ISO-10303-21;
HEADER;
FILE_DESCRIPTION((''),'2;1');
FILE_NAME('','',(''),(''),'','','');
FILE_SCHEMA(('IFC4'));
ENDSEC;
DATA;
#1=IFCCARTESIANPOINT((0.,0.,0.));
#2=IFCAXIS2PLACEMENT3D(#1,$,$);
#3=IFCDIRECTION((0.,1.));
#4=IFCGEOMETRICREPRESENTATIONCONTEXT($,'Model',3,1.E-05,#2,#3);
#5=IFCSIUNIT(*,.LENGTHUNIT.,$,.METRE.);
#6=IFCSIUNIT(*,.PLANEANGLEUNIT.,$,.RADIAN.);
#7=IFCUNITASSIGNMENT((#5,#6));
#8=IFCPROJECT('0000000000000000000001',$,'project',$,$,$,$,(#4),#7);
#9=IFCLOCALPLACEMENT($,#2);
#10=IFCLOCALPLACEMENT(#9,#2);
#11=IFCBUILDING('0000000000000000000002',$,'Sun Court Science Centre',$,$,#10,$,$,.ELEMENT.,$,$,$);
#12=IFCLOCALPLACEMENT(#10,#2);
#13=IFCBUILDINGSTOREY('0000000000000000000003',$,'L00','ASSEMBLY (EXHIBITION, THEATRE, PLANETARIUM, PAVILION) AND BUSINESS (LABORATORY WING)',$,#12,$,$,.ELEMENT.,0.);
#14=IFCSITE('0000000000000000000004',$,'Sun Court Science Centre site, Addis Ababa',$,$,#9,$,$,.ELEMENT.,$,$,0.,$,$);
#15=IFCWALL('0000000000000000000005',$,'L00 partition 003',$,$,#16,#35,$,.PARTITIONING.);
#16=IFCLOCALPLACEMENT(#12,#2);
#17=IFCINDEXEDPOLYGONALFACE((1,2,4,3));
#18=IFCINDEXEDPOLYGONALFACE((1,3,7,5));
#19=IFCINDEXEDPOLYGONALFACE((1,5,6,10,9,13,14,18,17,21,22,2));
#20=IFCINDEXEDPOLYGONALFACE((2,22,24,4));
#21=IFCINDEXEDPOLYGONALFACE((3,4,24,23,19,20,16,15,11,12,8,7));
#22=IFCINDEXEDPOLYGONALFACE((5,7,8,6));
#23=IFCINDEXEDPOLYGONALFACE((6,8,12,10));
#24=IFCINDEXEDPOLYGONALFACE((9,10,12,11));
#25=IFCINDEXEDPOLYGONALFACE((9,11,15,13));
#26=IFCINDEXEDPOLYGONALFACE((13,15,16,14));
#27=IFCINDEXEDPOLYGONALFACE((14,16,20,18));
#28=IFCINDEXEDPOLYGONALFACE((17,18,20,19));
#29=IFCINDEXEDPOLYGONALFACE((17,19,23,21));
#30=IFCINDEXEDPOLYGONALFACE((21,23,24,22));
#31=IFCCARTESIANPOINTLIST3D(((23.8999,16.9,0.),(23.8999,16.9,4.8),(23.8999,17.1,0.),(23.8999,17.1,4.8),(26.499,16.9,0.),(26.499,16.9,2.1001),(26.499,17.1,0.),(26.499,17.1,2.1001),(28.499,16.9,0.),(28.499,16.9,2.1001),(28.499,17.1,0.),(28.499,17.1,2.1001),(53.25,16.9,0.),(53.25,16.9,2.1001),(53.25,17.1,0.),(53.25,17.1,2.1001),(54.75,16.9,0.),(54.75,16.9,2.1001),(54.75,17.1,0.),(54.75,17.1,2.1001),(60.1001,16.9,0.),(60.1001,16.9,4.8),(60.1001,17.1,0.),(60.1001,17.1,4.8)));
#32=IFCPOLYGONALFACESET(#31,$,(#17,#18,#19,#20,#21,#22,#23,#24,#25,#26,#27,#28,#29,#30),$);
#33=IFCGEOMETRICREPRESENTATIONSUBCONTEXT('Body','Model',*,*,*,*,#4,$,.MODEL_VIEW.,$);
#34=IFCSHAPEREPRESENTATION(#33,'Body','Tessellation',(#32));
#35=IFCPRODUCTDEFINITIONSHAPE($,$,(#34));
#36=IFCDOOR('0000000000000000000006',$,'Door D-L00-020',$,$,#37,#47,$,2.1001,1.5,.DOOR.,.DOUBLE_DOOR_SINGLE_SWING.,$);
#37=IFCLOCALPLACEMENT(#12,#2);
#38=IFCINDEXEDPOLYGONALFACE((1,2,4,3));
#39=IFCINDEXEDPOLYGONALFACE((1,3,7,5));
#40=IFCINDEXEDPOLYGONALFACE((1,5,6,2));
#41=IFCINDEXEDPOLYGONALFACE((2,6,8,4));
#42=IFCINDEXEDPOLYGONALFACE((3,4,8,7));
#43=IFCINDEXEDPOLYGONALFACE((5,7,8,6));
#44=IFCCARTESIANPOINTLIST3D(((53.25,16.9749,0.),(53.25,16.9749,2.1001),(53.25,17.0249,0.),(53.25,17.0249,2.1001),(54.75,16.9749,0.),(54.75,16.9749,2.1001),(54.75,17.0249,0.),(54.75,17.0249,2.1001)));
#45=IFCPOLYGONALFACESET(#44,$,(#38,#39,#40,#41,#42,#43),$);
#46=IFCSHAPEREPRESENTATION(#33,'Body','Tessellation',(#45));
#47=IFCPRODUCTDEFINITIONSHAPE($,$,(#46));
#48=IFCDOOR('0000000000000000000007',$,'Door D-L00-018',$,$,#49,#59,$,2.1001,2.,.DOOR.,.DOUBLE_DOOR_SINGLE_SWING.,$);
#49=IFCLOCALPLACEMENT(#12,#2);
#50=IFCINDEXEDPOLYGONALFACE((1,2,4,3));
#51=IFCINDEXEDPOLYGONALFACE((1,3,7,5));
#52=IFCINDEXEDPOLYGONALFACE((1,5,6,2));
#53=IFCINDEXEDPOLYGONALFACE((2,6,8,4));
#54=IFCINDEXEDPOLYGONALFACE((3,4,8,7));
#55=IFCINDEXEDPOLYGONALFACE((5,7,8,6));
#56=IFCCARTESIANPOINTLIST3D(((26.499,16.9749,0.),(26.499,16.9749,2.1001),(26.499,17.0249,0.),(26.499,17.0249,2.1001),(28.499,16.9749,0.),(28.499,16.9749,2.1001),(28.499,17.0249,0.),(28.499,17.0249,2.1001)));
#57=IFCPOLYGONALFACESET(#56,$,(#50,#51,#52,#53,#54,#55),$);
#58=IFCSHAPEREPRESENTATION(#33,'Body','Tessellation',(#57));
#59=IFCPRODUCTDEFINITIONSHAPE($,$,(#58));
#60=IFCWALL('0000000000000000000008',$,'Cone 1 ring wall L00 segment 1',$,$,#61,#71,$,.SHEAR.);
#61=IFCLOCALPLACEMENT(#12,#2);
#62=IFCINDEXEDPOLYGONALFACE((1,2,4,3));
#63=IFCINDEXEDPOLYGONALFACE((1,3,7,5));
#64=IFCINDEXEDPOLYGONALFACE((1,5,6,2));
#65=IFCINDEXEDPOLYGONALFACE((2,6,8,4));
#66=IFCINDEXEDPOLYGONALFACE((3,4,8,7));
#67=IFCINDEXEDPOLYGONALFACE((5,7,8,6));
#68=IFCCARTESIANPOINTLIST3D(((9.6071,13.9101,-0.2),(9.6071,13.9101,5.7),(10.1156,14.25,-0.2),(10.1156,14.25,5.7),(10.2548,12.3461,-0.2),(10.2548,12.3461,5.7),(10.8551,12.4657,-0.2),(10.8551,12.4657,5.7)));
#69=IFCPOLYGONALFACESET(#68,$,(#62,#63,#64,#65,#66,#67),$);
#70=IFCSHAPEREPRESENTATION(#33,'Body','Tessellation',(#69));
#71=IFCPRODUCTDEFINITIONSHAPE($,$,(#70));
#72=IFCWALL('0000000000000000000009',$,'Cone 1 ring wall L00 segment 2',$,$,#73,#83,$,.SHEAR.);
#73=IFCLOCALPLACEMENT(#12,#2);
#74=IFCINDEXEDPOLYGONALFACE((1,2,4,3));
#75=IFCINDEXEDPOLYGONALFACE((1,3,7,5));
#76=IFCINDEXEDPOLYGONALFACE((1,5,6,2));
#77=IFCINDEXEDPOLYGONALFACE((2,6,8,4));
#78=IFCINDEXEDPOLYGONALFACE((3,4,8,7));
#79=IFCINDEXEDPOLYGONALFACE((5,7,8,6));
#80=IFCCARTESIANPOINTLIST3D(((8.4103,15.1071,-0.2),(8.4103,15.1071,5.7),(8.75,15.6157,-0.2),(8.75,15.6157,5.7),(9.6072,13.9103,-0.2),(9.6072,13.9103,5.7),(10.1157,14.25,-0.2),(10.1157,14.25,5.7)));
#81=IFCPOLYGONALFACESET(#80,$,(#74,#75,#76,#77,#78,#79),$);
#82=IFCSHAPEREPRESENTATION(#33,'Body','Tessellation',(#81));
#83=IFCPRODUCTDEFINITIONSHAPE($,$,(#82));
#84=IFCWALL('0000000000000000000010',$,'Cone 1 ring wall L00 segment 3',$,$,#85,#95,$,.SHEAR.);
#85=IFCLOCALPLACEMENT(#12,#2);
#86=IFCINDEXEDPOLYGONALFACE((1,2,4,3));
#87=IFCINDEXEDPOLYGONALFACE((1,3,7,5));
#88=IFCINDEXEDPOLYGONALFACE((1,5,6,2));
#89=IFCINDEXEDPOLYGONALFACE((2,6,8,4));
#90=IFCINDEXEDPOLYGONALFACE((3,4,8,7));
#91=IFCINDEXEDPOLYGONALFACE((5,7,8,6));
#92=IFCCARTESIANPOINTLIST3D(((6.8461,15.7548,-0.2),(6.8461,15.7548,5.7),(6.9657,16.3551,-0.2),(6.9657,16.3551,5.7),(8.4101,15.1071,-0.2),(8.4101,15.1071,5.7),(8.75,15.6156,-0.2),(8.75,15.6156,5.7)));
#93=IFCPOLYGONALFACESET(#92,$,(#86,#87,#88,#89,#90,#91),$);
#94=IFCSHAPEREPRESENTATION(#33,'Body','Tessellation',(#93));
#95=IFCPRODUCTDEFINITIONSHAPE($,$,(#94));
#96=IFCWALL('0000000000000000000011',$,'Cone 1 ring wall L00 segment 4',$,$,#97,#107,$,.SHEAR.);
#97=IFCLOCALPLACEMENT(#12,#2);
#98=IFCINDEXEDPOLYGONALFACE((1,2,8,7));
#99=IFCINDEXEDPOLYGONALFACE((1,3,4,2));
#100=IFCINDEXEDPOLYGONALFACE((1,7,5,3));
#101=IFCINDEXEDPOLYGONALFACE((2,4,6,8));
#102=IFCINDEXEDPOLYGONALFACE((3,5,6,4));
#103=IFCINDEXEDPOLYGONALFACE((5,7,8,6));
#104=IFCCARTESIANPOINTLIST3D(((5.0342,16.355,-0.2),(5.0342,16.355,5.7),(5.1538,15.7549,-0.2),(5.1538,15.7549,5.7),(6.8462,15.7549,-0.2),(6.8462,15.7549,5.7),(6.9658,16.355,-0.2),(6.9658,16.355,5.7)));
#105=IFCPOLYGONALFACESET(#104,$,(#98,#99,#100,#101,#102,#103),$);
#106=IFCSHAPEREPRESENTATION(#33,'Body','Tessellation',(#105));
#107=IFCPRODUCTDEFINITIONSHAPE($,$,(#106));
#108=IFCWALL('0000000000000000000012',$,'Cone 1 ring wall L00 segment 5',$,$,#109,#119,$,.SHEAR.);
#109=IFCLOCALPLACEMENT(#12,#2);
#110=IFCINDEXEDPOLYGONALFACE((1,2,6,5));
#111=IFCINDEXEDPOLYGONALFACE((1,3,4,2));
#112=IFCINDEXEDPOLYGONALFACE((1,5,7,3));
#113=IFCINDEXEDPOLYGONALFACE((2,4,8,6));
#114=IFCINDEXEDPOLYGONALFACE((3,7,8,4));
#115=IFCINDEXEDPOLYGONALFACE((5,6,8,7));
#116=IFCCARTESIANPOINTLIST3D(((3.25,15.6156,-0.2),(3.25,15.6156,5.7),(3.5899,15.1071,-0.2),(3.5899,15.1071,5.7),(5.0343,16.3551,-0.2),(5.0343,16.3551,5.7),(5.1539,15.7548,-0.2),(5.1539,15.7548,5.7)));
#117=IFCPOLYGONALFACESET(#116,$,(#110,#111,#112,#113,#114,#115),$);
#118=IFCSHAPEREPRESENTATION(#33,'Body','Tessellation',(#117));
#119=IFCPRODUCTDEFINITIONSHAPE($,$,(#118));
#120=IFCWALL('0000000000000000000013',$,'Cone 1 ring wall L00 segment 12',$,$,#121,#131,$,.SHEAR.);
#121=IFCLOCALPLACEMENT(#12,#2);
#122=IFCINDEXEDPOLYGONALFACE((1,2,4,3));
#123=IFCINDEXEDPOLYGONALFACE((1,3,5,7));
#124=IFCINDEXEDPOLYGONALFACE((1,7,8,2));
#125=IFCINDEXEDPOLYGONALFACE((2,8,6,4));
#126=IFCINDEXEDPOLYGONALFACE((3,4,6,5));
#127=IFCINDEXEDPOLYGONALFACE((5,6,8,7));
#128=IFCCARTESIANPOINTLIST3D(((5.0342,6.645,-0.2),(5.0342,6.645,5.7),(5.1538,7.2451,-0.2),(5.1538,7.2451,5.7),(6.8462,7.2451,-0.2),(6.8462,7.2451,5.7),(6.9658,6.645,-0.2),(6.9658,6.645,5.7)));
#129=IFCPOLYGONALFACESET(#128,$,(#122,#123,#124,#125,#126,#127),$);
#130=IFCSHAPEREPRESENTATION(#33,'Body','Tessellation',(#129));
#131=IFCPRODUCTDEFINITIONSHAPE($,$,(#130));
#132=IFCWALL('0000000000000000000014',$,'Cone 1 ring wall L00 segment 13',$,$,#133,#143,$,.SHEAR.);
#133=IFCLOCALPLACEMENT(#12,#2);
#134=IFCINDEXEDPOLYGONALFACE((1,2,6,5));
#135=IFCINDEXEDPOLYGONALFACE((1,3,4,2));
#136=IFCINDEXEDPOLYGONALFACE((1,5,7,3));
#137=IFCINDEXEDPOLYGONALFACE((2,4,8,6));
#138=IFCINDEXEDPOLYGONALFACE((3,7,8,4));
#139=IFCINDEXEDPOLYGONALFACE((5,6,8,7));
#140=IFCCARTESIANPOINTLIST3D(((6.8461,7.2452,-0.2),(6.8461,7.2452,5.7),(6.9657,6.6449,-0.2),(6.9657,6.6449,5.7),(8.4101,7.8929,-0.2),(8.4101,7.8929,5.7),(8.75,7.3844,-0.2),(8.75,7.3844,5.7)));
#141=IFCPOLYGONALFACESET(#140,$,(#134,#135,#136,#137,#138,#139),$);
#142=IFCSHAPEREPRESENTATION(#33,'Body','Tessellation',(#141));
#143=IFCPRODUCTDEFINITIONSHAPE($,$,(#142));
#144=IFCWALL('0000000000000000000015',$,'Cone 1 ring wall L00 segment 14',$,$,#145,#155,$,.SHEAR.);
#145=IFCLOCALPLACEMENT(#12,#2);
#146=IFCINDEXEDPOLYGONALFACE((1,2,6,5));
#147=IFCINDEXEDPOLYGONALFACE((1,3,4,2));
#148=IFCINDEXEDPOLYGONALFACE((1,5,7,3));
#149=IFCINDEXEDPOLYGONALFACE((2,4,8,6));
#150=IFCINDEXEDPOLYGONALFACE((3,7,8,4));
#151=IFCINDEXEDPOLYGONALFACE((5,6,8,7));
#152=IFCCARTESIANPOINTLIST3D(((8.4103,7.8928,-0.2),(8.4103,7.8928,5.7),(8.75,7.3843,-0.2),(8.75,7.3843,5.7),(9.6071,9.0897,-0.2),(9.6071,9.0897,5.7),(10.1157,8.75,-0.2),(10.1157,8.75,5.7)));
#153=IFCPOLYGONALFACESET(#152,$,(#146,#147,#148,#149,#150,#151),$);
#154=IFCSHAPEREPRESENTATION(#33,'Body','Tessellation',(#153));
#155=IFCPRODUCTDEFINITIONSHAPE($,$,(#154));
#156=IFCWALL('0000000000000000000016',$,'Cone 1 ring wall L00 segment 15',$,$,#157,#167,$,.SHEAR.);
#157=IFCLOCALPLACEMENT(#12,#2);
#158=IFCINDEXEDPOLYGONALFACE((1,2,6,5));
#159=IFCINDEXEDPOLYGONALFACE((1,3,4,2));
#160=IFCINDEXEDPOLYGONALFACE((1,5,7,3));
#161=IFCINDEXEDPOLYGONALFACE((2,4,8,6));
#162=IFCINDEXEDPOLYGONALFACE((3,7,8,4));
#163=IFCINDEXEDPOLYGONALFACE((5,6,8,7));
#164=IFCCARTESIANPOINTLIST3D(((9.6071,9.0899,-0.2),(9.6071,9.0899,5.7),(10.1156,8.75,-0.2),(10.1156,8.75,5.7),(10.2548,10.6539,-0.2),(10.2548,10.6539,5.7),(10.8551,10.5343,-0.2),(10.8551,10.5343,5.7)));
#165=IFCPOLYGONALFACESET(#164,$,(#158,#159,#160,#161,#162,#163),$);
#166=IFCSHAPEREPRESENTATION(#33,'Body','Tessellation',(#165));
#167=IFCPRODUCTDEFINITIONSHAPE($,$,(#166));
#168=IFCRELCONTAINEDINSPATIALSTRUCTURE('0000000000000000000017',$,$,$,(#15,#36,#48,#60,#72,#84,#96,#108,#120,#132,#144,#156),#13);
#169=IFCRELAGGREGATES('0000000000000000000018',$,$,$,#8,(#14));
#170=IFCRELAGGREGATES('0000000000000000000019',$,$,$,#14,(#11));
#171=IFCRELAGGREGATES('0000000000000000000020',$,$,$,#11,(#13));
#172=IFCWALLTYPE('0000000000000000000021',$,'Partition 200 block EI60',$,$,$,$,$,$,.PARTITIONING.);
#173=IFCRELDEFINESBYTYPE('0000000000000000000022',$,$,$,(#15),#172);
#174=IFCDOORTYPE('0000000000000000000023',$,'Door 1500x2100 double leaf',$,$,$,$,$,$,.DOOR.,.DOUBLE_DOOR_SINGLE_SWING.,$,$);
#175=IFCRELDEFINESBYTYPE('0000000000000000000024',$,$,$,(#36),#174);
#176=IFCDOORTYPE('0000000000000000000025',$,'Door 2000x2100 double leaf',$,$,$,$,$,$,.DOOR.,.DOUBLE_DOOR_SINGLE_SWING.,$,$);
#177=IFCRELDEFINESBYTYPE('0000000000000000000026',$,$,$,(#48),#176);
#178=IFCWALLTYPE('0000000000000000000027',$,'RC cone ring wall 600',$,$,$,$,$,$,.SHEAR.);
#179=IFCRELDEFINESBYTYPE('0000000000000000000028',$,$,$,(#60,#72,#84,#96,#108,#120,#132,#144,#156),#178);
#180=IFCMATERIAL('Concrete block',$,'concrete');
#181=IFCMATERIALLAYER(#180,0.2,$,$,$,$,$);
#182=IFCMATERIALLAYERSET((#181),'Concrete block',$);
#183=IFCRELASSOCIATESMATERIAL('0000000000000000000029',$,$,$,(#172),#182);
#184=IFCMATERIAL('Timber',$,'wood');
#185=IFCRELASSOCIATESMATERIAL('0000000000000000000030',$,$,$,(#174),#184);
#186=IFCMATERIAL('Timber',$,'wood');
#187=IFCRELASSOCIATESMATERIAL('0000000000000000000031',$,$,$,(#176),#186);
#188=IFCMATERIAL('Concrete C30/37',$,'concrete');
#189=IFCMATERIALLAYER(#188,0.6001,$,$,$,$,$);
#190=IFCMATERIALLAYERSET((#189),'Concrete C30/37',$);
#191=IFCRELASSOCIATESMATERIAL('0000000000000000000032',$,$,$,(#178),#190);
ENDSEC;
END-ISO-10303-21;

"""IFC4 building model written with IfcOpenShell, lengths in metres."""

from ifc_helpers import new_model, si_unit, direction, frame, frame_2d, origin, place, context, subcontext, project, spatial, polyline, rectangle, outline, extrude, material, layer, layer_set, type_object, element, fill, save


model = new_model("IFC4")

# Units and contexts
model_context = context("Model", 3, precision=1e-05, world=origin(), true_north=direction((0.0, 1.0)))
body_context = subcontext(model_context, "Body", "Model", "MODEL_VIEW")
ifc_project = project(units=[si_unit("LENGTHUNIT", "METRE"), si_unit("PLANEANGLEUNIT", "RADIAN")], contexts=[model_context])

# Site, building, storey
site_placement = place(None, origin())
site = spatial("IfcSite", under=ifc_project, at=site_placement, Name="Sun Court Science Centre site, Addis Ababa", CompositionType="ELEMENT", RefElevation=0.0)
building_placement = place(site_placement, origin())
building = spatial("IfcBuilding", under=site, at=building_placement, Name="Sun Court Science Centre", CompositionType="ELEMENT")
storey_placement = place(building_placement, origin())
storey = spatial("IfcBuildingStorey", under=building, at=storey_placement, Name="L00", Description="ASSEMBLY (EXHIBITION, THEATRE, PLANETARIUM, PAVILION) AND BUSINESS (LABORATORY WING)", CompositionType="ELEMENT", Elevation=0.0)

# Wall, openings, doors
ifc_material_1 = material(Name="Concrete block", Category="concrete")
ifc_layer_1 = layer(ifc_material_1, 0.2)
ifc_layer_set_1 = layer_set([ifc_layer_1], Name="Concrete block")
wall_type_1 = type_object("IfcWallType", Name="Partition 200 block EI60", PredefinedType="PARTITIONING", material=ifc_layer_set_1)
wall_1_placement = place(storey_placement, frame((23.8999, 17.0, 0.0), z_axis=(0.0, 0.0, 1.0), x_axis=(1.0, 0.0, 0.0)))
wall_1 = element("IfcWall", 1, at=wall_1_placement, inside=storey, type_object=wall_type_1, Name="L00 partition 003", PredefinedType="PARTITIONING", context=body_context, shape_type="SweptSolid", body=[
    extrude(rectangle(XDim=36.2002, YDim=0.2, at=frame_2d((18.1001, 0.0))), origin(), (0.0, 0.0, 1.0), 4.8),
])
opening_1_placement = place(wall_1_placement, frame((2.5991, 0.0, 0.0)))
opening_1 = element("IfcOpeningElement", 2, at=opening_1_placement, cuts=wall_1, PredefinedType="OPENING", context=body_context, shape_type="SweptSolid", body=[
    extrude(rectangle(XDim=2.0, YDim=2.1001, at=frame_2d((1.0, 1.05))), frame((0.0, 0.1099, 0.0), z_axis=(0.0, -1.0, 0.0), x_axis=(1.0, 0.0, 0.0)), (0.0, 0.0, 1.0), 0.22),
])
opening_2_placement = place(wall_1_placement, frame((29.3501, 0.0, 0.0)))
opening_2 = element("IfcOpeningElement", 3, at=opening_2_placement, cuts=wall_1, PredefinedType="OPENING", context=body_context, shape_type="SweptSolid", body=[
    extrude(rectangle(XDim=1.5, YDim=2.1001, at=frame_2d((0.75, 1.05))), frame((0.0, 0.1099, 0.0), z_axis=(0.0, -1.0, 0.0), x_axis=(1.0, 0.0, 0.0)), (0.0, 0.0, 1.0), 0.22),
])
ifc_material_2 = material(Name="Timber", Category="wood")
door_type_1 = type_object("IfcDoorType", Name="Door 1500x2100 double leaf", OperationType="DOUBLE_DOOR_SINGLE_SWING", PredefinedType="DOOR", material=ifc_material_2)
door_1_placement = place(opening_2_placement, origin())
door_1 = element("IfcDoor", 4, at=door_1_placement, inside=storey, type_object=door_type_1, Name="Door D-L00-020", OperationType="DOUBLE_DOOR_SINGLE_SWING", OverallHeight=2.1001, OverallWidth=1.5, PredefinedType="DOOR", context=body_context, shape_type="SweptSolid", body=[
    extrude(rectangle(XDim=1.5, YDim=2.1001, at=frame_2d((0.75, 1.05))), frame((0.0, 0.0249, 0.0), z_axis=(0.0, -1.0, 0.0), x_axis=(1.0, 0.0, 0.0)), (0.0, 0.0, 1.0), 0.05),
])
fill(opening_2, door_1)
ifc_material_3 = material(Name="Timber", Category="wood")
door_type_2 = type_object("IfcDoorType", Name="Door 2000x2100 double leaf", OperationType="DOUBLE_DOOR_SINGLE_SWING", PredefinedType="DOOR", material=ifc_material_3)
door_2_placement = place(opening_1_placement, origin())
door_2 = element("IfcDoor", 5, at=door_2_placement, inside=storey, type_object=door_type_2, Name="Door D-L00-018", OperationType="DOUBLE_DOOR_SINGLE_SWING", OverallHeight=2.1001, OverallWidth=2.0, PredefinedType="DOOR", context=body_context, shape_type="SweptSolid", body=[
    extrude(rectangle(XDim=2.0, YDim=2.1001, at=frame_2d((1.0, 1.05))), frame((0.0, 0.0249, 0.0), z_axis=(0.0, -1.0, 0.0), x_axis=(1.0, 0.0, 0.0)), (0.0, 0.0, 1.0), 0.05),
])
fill(opening_1, door_2)

# Walls
ifc_material_4 = material(Name="Concrete C30/37", Category="concrete")
ifc_layer_2 = layer(ifc_material_4, 0.6001)
ifc_layer_set_2 = layer_set([ifc_layer_2], Name="Concrete C30/37")
wall_type_2 = type_object("IfcWallType", Name="RC cone ring wall 600", PredefinedType="SHEAR", material=ifc_layer_set_2)
wall_2_placement = place(storey_placement, frame((10.5776, 12.3508, -0.2), z_axis=(0.0, 0.0, 1.0), x_axis=(-0.382631, 0.923901, 0.0)))
element("IfcWall", 6, at=wall_2_placement, inside=storey, type_object=wall_type_2, Name="Cone 1 ring wall L00 segment 1", PredefinedType="SHEAR", context=body_context, shape_type="SweptSolid", body=[
    extrude(outline(polyline([(0.0, -0.3003), (1.9314, -0.2998), (1.812, 0.3), (0.1191, 0.3), (0.0, -0.3003)])), origin(), (0.0, 0.0, 1.0), 5.8999),
])
wall_3_placement = place(storey_placement, frame((9.9036, 14.0378, -0.2), z_axis=(0.0, 0.0, 1.0), x_axis=(-0.707107, 0.707107, 0.0)))
element("IfcWall", 7, at=wall_3_placement, inside=storey, type_object=wall_type_2, Name="Cone 1 ring wall L00 segment 2", PredefinedType="SHEAR", context=body_context, shape_type="SweptSolid", body=[
    extrude(outline(polyline([(0.0, -0.3), (1.9314, -0.3), (1.812, 0.2998), (0.1194, 0.2998), (0.0, -0.3)])), origin(), (0.0, 0.0, 1.0), 5.8999),
])
wall_4_placement = place(storey_placement, frame((8.6353, 15.3386, -0.2), z_axis=(0.0, 0.0, 1.0), x_axis=(-0.923901, 0.382631, 0.0)))
element("IfcWall", 8, at=wall_4_placement, inside=storey, type_object=wall_type_2, Name="Cone 1 ring wall L00 segment 3", PredefinedType="SHEAR", context=body_context, shape_type="SweptSolid", body=[
    extrude(outline(polyline([(0.0, -0.2998), (1.9314, -0.3003), (1.8123, 0.3), (0.1194, 0.3), (0.0, -0.2998)])), origin(), (0.0, 0.0, 1.0), 5.8999),
])
wall_5_placement = place(storey_placement, frame((6.9656, 16.0549, -0.2), z_axis=(0.0, 0.0, 1.0), x_axis=(-1.0, 0.0, 0.0)))
element("IfcWall", 9, at=wall_5_placement, inside=storey, type_object=wall_type_2, Name="Cone 1 ring wall L00 segment 4", PredefinedType="SHEAR", context=body_context, shape_type="SweptSolid", body=[
    extrude(outline(polyline([(-0.0002, -0.3), (1.9314, -0.3), (1.8118, 0.3), (0.1194, 0.3), (-0.0002, -0.3)])), origin(), (0.0, 0.0, 1.0), 5.8999),
])
wall_6_placement = place(storey_placement, frame((5.1492, 16.0776, -0.2), z_axis=(0.0, 0.0, 1.0), x_axis=(-0.923901, -0.382631, 0.0)))
element("IfcWall", 10, at=wall_6_placement, inside=storey, type_object=wall_type_2, Name="Cone 1 ring wall L00 segment 5", PredefinedType="SHEAR", context=body_context, shape_type="SweptSolid", body=[
    extrude(outline(polyline([(0.0, -0.3003), (1.9314, -0.2998), (1.812, 0.3), (0.1191, 0.3), (0.0, -0.3003)])), origin(), (0.0, 0.0, 1.0), 5.8999),
])
wall_7_placement = place(storey_placement, frame((5.0344, 6.9451, -0.2), z_axis=(0.0, 0.0, 1.0), x_axis=(1.0, 0.0, 0.0)))
element("IfcWall", 11, at=wall_7_placement, inside=storey, type_object=wall_type_2, Name="Cone 1 ring wall L00 segment 12", PredefinedType="SHEAR", context=body_context, shape_type="SweptSolid", body=[
    extrude(outline(polyline([(-0.0002, -0.3), (1.9314, -0.3), (1.8118, 0.3), (0.1194, 0.3), (-0.0002, -0.3)])), origin(), (0.0, 0.0, 1.0), 5.8999),
])
wall_8_placement = place(storey_placement, frame((6.8508, 6.9224, -0.2), z_axis=(0.0, 0.0, 1.0), x_axis=(0.923901, 0.382631, 0.0)))
element("IfcWall", 12, at=wall_8_placement, inside=storey, type_object=wall_type_2, Name="Cone 1 ring wall L00 segment 13", PredefinedType="SHEAR", context=body_context, shape_type="SweptSolid", body=[
    extrude(outline(polyline([(0.0, -0.3003), (1.9314, -0.2998), (1.812, 0.3), (0.1191, 0.3), (0.0, -0.3003)])), origin(), (0.0, 0.0, 1.0), 5.8999),
])
wall_9_placement = place(storey_placement, frame((8.5378, 7.5964, -0.2), z_axis=(0.0, 0.0, 1.0), x_axis=(0.707107, 0.707107, 0.0)))
element("IfcWall", 13, at=wall_9_placement, inside=storey, type_object=wall_type_2, Name="Cone 1 ring wall L00 segment 14", PredefinedType="SHEAR", context=body_context, shape_type="SweptSolid", body=[
    extrude(outline(polyline([(0.0, -0.3), (1.9314, -0.3), (1.812, 0.2998), (0.1194, 0.2998), (0.0, -0.3)])), origin(), (0.0, 0.0, 1.0), 5.8999),
])
wall_10_placement = place(storey_placement, frame((9.8386, 8.8647, -0.2), z_axis=(0.0, 0.0, 1.0), x_axis=(0.382631, 0.923901, 0.0)))
element("IfcWall", 14, at=wall_10_placement, inside=storey, type_object=wall_type_2, Name="Cone 1 ring wall L00 segment 15", PredefinedType="SHEAR", context=body_context, shape_type="SweptSolid", body=[
    extrude(outline(polyline([(0.0, -0.2998), (1.9314, -0.3003), (1.8123, 0.3), (0.1194, 0.3), (0.0, -0.2998)])), origin(), (0.0, 0.0, 1.0), 5.8999),
])

save(model, "model.ifc")
